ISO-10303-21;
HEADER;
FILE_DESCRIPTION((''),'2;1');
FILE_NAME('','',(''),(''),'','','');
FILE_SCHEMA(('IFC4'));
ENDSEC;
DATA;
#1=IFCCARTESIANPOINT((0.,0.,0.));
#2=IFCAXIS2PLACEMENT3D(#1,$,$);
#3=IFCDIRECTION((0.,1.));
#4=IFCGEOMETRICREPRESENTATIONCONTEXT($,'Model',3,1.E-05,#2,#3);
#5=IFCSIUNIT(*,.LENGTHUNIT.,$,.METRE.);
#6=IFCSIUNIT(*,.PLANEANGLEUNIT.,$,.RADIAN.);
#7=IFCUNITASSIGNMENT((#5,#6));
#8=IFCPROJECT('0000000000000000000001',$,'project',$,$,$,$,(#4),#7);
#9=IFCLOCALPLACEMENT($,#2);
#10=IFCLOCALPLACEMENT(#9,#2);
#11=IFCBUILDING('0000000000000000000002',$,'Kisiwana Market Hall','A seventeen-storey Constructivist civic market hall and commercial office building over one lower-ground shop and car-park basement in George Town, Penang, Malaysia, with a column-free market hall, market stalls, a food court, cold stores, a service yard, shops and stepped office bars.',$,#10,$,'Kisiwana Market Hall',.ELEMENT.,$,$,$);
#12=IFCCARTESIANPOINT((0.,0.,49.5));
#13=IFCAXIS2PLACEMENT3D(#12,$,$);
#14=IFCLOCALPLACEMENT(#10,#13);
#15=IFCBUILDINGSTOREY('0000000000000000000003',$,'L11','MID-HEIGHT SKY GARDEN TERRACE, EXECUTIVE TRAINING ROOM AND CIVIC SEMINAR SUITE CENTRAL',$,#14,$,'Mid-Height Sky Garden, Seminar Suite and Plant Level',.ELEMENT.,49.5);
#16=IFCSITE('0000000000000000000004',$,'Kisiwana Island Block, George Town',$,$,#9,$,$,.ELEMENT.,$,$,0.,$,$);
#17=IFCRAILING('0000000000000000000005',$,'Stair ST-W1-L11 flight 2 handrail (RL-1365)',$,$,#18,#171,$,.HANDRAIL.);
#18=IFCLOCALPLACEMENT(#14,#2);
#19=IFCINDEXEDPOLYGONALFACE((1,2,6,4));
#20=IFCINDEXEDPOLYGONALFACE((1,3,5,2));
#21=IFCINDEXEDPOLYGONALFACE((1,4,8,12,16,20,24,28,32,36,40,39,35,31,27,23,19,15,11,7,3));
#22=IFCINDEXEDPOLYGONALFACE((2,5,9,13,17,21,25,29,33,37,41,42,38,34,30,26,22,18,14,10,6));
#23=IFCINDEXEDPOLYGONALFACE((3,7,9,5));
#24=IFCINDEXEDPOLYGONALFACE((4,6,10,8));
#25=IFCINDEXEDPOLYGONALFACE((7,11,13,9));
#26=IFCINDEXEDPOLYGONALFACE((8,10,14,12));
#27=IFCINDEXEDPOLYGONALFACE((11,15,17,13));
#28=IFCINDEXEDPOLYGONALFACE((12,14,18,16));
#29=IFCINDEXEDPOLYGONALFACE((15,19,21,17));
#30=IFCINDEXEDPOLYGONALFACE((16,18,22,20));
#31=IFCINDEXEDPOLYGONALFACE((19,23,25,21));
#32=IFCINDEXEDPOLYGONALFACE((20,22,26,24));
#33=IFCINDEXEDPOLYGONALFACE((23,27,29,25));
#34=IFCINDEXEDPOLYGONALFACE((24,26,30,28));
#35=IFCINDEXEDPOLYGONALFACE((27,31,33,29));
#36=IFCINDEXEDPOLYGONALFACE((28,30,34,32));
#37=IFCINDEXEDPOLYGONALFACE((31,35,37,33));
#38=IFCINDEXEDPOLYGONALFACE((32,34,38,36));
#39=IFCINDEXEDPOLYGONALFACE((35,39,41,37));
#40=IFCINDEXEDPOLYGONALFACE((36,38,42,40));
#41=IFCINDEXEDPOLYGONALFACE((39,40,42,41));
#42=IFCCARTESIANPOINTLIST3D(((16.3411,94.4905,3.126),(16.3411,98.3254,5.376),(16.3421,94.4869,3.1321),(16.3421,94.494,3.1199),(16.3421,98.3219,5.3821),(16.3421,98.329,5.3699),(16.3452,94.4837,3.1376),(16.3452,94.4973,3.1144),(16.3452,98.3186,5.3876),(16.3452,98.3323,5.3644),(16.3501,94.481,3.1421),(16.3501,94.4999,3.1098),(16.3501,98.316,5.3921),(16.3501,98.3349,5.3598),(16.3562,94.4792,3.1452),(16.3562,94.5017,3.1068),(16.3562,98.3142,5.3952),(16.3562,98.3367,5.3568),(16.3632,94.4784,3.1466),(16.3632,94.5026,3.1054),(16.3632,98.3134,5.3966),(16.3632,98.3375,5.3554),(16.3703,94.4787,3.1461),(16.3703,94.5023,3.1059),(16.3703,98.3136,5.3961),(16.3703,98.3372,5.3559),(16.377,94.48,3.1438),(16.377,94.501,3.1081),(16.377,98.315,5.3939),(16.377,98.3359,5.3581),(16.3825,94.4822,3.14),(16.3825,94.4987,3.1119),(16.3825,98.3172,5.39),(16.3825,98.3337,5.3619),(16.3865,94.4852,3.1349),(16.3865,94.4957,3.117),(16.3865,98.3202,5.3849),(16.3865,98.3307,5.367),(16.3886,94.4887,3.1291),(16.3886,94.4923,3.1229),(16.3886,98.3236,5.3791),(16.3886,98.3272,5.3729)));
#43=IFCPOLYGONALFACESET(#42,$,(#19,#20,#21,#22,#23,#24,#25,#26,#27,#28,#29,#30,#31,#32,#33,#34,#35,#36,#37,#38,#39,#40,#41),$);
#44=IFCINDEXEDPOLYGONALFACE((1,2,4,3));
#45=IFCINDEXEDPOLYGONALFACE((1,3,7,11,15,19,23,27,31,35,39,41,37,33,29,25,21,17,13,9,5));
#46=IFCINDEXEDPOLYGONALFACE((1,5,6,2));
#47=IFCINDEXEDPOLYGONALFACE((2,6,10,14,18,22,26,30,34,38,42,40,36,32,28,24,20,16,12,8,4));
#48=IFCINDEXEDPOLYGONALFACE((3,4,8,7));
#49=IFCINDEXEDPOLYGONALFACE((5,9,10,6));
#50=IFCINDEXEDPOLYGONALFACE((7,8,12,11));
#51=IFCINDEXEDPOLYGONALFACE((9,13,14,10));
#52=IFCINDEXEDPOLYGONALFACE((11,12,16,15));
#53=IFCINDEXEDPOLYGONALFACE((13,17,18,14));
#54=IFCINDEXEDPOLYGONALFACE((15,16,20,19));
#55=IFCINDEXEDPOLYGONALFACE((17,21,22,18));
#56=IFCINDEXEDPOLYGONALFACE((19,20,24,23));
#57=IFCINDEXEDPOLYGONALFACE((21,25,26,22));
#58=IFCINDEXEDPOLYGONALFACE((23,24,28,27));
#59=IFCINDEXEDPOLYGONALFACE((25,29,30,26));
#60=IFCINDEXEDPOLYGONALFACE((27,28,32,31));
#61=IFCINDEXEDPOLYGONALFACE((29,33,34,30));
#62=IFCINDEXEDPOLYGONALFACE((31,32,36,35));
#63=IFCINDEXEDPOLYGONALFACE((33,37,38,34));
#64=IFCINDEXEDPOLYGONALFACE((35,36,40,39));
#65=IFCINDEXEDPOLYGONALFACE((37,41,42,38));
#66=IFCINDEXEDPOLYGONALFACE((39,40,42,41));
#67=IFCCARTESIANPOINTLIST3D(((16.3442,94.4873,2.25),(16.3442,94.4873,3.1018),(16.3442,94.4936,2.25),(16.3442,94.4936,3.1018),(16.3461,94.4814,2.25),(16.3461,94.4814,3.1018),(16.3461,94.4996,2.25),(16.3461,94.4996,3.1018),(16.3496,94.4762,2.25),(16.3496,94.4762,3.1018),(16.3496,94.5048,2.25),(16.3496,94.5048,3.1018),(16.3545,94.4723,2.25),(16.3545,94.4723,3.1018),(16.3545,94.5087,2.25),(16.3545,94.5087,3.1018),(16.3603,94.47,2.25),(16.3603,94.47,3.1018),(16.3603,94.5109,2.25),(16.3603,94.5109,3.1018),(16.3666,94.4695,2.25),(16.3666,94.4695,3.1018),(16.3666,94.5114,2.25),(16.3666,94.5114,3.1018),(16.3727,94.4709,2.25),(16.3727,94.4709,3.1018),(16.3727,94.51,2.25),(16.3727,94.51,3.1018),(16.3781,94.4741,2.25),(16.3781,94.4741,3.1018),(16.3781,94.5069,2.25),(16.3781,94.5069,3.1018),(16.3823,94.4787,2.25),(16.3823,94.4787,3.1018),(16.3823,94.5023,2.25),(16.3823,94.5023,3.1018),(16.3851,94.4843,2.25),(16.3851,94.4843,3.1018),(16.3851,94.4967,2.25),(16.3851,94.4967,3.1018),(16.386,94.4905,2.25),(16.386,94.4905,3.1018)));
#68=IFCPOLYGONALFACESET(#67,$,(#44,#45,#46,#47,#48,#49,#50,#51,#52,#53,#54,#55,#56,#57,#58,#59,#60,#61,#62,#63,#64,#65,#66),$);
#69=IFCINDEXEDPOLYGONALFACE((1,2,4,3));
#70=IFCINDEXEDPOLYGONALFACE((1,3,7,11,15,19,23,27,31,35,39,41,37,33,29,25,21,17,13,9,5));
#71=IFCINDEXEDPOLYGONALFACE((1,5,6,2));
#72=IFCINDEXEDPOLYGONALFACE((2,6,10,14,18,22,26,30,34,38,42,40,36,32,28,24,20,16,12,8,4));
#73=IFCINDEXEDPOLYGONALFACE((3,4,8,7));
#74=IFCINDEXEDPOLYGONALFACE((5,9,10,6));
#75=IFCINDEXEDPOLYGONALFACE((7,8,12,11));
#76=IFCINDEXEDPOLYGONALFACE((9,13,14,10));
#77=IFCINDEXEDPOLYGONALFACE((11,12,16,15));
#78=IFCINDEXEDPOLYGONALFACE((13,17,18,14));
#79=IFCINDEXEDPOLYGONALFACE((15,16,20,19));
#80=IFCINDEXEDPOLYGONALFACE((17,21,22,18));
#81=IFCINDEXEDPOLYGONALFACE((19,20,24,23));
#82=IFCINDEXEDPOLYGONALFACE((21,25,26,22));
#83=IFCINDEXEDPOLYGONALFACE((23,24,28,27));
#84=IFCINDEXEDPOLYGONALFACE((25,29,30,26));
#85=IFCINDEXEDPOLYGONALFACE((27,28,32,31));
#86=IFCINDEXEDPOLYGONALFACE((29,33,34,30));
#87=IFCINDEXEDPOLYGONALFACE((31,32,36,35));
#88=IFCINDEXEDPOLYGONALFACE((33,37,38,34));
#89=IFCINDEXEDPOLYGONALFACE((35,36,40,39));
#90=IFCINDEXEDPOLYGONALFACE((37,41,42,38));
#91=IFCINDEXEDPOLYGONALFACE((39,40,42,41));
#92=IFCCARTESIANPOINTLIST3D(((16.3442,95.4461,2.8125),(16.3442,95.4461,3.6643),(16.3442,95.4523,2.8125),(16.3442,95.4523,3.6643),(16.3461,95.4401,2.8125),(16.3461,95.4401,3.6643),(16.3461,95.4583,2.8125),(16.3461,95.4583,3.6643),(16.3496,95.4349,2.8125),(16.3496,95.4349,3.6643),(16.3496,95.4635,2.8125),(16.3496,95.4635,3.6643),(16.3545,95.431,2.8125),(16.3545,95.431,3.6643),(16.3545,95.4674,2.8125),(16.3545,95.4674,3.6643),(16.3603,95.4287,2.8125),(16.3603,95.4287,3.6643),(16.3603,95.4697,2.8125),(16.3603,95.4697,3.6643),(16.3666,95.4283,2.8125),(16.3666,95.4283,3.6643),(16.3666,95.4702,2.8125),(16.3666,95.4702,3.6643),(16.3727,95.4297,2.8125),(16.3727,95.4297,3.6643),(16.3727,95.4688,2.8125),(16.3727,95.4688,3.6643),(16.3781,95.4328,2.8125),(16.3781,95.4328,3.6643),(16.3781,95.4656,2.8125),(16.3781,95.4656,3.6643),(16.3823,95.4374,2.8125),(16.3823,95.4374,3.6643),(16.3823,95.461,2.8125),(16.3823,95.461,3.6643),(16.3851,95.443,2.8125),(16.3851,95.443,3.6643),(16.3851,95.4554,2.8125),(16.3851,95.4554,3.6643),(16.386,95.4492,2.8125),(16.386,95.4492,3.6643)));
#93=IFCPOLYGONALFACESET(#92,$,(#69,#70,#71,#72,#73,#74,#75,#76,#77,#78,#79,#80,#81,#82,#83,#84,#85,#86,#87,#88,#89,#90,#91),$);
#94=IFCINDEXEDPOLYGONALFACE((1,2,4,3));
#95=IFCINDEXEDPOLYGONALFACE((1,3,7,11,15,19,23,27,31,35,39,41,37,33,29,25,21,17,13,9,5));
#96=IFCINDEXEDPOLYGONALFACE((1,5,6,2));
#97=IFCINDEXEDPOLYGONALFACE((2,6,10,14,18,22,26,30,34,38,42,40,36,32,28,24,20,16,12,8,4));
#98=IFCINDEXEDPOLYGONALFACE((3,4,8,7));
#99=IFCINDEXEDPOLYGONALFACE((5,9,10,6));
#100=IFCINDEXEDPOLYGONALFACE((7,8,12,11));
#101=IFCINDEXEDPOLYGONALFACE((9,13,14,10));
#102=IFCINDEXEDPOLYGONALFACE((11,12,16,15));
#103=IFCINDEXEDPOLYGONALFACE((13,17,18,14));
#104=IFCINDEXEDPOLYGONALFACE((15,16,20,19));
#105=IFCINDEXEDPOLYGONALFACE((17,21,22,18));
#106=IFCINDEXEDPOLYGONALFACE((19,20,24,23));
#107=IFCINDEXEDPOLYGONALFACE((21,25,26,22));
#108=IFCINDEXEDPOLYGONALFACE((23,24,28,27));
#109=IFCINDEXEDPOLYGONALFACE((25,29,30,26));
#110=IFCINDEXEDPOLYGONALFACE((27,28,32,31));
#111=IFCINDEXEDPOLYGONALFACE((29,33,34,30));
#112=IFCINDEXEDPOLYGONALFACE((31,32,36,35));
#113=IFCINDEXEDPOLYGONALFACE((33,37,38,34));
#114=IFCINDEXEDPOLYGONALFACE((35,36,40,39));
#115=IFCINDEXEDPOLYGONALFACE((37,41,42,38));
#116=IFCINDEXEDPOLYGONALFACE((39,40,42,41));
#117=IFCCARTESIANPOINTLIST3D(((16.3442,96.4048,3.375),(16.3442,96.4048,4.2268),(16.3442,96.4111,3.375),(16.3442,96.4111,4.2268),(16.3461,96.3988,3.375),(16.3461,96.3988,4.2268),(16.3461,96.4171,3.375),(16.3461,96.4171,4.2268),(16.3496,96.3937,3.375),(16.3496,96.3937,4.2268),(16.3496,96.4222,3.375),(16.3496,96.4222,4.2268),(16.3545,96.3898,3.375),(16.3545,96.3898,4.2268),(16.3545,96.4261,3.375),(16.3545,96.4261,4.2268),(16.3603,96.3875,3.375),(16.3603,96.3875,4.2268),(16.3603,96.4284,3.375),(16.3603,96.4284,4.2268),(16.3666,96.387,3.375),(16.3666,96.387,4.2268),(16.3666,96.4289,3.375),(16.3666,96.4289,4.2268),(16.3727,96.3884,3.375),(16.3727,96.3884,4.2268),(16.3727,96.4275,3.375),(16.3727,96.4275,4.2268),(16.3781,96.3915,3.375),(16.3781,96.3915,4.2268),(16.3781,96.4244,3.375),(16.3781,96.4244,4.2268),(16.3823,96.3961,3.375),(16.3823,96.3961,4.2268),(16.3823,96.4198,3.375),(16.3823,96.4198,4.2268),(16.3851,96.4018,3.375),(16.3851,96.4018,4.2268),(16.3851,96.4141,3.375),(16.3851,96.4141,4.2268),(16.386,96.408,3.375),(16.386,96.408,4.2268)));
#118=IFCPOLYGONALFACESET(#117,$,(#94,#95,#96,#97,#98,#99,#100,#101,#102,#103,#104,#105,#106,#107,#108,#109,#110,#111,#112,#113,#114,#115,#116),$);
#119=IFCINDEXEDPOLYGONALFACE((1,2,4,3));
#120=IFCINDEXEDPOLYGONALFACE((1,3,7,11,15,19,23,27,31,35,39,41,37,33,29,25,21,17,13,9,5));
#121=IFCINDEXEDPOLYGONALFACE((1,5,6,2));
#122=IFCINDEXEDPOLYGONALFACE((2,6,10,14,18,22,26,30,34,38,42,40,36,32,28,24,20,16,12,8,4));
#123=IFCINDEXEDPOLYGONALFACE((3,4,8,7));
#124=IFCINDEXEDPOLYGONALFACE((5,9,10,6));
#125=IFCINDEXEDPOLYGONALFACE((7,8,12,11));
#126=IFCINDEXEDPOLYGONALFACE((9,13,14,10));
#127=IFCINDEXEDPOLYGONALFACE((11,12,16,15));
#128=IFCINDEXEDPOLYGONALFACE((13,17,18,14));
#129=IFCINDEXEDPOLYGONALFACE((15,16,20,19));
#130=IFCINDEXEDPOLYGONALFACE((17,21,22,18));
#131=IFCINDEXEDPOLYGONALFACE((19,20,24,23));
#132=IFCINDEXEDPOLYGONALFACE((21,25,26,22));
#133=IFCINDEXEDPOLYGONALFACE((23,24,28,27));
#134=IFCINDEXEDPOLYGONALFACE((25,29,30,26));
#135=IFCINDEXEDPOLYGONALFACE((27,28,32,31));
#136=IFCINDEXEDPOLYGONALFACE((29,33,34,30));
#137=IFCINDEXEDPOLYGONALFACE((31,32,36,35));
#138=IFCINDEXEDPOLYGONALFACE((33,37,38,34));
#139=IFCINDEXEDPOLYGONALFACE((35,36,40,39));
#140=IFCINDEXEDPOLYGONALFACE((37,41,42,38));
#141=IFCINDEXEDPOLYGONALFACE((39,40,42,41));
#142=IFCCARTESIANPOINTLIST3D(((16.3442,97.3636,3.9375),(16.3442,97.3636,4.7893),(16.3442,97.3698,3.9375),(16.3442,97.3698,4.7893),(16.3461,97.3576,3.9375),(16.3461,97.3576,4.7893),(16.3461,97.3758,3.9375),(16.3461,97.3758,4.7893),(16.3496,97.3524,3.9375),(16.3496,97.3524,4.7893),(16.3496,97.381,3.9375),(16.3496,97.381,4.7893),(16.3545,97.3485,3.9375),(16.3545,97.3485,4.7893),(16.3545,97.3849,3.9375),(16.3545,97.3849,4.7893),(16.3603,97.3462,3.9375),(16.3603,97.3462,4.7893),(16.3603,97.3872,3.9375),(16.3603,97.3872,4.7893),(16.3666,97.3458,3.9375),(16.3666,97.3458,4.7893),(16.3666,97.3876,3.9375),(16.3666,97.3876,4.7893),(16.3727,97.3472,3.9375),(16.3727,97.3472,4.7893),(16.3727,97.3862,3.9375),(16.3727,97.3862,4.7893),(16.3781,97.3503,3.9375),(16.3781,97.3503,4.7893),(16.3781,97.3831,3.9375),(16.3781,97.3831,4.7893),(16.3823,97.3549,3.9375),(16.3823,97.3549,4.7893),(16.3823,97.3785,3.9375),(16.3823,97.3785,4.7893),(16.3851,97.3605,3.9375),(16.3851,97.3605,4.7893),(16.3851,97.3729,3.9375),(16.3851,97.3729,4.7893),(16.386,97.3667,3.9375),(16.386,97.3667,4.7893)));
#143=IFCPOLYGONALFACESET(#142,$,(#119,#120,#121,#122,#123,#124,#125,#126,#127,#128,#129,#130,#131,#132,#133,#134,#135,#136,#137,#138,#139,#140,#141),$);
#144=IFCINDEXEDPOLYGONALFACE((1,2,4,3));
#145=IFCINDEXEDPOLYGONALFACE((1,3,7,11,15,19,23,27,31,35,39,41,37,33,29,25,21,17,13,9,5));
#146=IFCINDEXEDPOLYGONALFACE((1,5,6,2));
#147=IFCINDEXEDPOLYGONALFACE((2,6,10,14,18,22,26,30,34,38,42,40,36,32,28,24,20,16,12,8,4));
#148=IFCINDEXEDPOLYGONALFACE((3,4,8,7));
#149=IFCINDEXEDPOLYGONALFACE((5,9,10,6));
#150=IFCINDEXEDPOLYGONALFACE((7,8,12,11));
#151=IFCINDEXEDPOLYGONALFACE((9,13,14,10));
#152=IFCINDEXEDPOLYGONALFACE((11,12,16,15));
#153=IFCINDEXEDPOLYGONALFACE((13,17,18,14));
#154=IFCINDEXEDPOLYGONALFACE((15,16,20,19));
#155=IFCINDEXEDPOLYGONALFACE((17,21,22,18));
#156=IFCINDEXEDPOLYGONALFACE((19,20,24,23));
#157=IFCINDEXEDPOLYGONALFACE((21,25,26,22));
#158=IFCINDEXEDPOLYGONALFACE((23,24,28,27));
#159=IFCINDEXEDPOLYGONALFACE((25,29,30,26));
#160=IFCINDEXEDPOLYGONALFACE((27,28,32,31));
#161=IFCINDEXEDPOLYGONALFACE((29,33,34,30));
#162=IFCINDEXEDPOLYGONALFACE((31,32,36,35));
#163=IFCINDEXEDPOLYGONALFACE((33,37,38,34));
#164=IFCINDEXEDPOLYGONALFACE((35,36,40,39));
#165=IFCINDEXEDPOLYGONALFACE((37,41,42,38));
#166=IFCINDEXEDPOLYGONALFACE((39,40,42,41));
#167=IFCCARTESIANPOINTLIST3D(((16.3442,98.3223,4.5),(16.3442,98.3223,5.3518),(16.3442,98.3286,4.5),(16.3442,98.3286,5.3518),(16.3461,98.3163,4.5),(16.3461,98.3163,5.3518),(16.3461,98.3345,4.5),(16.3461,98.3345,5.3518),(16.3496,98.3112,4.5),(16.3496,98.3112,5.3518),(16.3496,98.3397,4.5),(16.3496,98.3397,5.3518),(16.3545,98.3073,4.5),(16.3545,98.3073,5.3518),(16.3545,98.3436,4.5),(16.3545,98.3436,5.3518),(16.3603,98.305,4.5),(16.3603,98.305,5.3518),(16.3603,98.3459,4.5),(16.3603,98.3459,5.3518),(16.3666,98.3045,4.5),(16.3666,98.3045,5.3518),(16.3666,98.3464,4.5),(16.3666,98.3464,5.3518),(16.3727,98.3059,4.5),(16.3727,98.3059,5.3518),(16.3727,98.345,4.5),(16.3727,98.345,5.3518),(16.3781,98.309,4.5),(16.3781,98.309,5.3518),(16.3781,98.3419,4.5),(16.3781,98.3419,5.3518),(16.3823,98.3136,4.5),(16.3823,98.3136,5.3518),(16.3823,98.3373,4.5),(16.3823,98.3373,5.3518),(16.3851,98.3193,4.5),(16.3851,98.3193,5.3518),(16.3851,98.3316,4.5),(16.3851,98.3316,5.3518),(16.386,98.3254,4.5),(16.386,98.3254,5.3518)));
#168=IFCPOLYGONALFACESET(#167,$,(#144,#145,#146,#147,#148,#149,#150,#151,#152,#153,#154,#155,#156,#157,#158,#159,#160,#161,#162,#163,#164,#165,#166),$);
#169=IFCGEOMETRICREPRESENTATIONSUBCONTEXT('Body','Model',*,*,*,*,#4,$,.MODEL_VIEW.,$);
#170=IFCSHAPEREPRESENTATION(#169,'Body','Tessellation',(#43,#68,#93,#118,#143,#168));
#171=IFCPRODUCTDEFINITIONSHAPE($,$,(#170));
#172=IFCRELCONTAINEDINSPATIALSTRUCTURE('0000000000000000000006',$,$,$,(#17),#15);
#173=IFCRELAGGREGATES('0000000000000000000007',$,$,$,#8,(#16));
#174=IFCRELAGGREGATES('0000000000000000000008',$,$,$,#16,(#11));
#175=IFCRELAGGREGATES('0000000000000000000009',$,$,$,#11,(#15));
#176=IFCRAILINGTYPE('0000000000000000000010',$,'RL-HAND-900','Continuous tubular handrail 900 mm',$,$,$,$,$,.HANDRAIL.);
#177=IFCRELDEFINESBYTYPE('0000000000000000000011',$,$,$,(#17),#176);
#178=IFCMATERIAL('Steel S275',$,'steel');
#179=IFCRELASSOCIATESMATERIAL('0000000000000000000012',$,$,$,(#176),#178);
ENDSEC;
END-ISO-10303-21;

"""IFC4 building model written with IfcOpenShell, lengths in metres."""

from ifc_helpers import new_model, si_unit, direction, frame, origin, origin_2d, place, context, subcontext, project, spatial, circle, extrude, material, type_object, element, save


model = new_model("IFC4")

# Units and contexts
model_context = context("Model", 3, precision=1e-05, world=origin(), true_north=direction((0.0, 1.0)))
body_context = subcontext(model_context, "Body", "Model", "MODEL_VIEW")
ifc_project = project(units=[si_unit("LENGTHUNIT", "METRE"), si_unit("PLANEANGLEUNIT", "RADIAN")], contexts=[model_context])

# Site, building, storey
site_placement = place(None, origin())
site = spatial("IfcSite", under=ifc_project, at=site_placement, Name="Kisiwana Island Block, George Town", CompositionType="ELEMENT", RefElevation=0.0)
building_placement = place(site_placement, origin())
building = spatial("IfcBuilding", under=site, at=building_placement, Name="Kisiwana Market Hall", Description="A seventeen-storey Constructivist civic market hall and commercial office building over one lower-ground shop and car-park basement in George Town, Penang, Malaysia, with a column-free market hall, market stalls, a food court, cold stores, a service yard, shops and stepped office bars.", LongName="Kisiwana Market Hall", CompositionType="ELEMENT")
storey_placement = place(building_placement, frame((0.0, 0.0, 49.5)))
storey = spatial("IfcBuildingStorey", under=building, at=storey_placement, Name="L11", Description="MID-HEIGHT SKY GARDEN TERRACE, EXECUTIVE TRAINING ROOM AND CIVIC SEMINAR SUITE CENTRAL", LongName="Mid-Height Sky Garden, Seminar Suite and Plant Level", CompositionType="ELEMENT", Elevation=49.5)

# Railing
ifc_material_1 = material(Name="Steel S275", Category="steel")
railing_type_1 = type_object("IfcRailingType", Name="RL-HAND-900", Description="Continuous tubular handrail 900 mm", PredefinedType="HANDRAIL", material=ifc_material_1)
railing_1_placement = place(storey_placement, frame((16.365, 94.4905, 2.25)))
element("IfcRailing", 1, at=railing_1_placement, inside=storey, type_object=railing_type_1, Name="Stair ST-W1-L11 flight 2 handrail (RL-1365)", PredefinedType="HANDRAIL", context=body_context, shape_type="SweptSolid", body=[
    extrude(circle(Radius=0.0239, at=origin_2d()), frame((0.0, 0.0, 0.876), z_axis=(0.0, 0.86251, 0.506041), x_axis=(-1.0, 0.0, 0.0)), (0.0, 0.0, 1.0), 4.4463),
    extrude(circle(Radius=0.021, at=origin_2d()), origin(), (0.0, 0.0, 1.0), 0.8518),
    extrude(circle(Radius=0.021, at=origin_2d()), frame((0.0, 0.9587, 0.5625)), (0.0, 0.0, 1.0), 0.8518),
    extrude(circle(Radius=0.021, at=origin_2d()), frame((0.0, 1.9175, 1.125)), (0.0, 0.0, 1.0), 0.8518),
    extrude(circle(Radius=0.021, at=origin_2d()), frame((0.0, 2.8762, 1.6875)), (0.0, 0.0, 1.0), 0.8518),
    extrude(circle(Radius=0.021, at=origin_2d()), frame((0.0, 3.835, 2.25)), (0.0, 0.0, 1.0), 0.8518),
])

save(model, "model.ifc")
